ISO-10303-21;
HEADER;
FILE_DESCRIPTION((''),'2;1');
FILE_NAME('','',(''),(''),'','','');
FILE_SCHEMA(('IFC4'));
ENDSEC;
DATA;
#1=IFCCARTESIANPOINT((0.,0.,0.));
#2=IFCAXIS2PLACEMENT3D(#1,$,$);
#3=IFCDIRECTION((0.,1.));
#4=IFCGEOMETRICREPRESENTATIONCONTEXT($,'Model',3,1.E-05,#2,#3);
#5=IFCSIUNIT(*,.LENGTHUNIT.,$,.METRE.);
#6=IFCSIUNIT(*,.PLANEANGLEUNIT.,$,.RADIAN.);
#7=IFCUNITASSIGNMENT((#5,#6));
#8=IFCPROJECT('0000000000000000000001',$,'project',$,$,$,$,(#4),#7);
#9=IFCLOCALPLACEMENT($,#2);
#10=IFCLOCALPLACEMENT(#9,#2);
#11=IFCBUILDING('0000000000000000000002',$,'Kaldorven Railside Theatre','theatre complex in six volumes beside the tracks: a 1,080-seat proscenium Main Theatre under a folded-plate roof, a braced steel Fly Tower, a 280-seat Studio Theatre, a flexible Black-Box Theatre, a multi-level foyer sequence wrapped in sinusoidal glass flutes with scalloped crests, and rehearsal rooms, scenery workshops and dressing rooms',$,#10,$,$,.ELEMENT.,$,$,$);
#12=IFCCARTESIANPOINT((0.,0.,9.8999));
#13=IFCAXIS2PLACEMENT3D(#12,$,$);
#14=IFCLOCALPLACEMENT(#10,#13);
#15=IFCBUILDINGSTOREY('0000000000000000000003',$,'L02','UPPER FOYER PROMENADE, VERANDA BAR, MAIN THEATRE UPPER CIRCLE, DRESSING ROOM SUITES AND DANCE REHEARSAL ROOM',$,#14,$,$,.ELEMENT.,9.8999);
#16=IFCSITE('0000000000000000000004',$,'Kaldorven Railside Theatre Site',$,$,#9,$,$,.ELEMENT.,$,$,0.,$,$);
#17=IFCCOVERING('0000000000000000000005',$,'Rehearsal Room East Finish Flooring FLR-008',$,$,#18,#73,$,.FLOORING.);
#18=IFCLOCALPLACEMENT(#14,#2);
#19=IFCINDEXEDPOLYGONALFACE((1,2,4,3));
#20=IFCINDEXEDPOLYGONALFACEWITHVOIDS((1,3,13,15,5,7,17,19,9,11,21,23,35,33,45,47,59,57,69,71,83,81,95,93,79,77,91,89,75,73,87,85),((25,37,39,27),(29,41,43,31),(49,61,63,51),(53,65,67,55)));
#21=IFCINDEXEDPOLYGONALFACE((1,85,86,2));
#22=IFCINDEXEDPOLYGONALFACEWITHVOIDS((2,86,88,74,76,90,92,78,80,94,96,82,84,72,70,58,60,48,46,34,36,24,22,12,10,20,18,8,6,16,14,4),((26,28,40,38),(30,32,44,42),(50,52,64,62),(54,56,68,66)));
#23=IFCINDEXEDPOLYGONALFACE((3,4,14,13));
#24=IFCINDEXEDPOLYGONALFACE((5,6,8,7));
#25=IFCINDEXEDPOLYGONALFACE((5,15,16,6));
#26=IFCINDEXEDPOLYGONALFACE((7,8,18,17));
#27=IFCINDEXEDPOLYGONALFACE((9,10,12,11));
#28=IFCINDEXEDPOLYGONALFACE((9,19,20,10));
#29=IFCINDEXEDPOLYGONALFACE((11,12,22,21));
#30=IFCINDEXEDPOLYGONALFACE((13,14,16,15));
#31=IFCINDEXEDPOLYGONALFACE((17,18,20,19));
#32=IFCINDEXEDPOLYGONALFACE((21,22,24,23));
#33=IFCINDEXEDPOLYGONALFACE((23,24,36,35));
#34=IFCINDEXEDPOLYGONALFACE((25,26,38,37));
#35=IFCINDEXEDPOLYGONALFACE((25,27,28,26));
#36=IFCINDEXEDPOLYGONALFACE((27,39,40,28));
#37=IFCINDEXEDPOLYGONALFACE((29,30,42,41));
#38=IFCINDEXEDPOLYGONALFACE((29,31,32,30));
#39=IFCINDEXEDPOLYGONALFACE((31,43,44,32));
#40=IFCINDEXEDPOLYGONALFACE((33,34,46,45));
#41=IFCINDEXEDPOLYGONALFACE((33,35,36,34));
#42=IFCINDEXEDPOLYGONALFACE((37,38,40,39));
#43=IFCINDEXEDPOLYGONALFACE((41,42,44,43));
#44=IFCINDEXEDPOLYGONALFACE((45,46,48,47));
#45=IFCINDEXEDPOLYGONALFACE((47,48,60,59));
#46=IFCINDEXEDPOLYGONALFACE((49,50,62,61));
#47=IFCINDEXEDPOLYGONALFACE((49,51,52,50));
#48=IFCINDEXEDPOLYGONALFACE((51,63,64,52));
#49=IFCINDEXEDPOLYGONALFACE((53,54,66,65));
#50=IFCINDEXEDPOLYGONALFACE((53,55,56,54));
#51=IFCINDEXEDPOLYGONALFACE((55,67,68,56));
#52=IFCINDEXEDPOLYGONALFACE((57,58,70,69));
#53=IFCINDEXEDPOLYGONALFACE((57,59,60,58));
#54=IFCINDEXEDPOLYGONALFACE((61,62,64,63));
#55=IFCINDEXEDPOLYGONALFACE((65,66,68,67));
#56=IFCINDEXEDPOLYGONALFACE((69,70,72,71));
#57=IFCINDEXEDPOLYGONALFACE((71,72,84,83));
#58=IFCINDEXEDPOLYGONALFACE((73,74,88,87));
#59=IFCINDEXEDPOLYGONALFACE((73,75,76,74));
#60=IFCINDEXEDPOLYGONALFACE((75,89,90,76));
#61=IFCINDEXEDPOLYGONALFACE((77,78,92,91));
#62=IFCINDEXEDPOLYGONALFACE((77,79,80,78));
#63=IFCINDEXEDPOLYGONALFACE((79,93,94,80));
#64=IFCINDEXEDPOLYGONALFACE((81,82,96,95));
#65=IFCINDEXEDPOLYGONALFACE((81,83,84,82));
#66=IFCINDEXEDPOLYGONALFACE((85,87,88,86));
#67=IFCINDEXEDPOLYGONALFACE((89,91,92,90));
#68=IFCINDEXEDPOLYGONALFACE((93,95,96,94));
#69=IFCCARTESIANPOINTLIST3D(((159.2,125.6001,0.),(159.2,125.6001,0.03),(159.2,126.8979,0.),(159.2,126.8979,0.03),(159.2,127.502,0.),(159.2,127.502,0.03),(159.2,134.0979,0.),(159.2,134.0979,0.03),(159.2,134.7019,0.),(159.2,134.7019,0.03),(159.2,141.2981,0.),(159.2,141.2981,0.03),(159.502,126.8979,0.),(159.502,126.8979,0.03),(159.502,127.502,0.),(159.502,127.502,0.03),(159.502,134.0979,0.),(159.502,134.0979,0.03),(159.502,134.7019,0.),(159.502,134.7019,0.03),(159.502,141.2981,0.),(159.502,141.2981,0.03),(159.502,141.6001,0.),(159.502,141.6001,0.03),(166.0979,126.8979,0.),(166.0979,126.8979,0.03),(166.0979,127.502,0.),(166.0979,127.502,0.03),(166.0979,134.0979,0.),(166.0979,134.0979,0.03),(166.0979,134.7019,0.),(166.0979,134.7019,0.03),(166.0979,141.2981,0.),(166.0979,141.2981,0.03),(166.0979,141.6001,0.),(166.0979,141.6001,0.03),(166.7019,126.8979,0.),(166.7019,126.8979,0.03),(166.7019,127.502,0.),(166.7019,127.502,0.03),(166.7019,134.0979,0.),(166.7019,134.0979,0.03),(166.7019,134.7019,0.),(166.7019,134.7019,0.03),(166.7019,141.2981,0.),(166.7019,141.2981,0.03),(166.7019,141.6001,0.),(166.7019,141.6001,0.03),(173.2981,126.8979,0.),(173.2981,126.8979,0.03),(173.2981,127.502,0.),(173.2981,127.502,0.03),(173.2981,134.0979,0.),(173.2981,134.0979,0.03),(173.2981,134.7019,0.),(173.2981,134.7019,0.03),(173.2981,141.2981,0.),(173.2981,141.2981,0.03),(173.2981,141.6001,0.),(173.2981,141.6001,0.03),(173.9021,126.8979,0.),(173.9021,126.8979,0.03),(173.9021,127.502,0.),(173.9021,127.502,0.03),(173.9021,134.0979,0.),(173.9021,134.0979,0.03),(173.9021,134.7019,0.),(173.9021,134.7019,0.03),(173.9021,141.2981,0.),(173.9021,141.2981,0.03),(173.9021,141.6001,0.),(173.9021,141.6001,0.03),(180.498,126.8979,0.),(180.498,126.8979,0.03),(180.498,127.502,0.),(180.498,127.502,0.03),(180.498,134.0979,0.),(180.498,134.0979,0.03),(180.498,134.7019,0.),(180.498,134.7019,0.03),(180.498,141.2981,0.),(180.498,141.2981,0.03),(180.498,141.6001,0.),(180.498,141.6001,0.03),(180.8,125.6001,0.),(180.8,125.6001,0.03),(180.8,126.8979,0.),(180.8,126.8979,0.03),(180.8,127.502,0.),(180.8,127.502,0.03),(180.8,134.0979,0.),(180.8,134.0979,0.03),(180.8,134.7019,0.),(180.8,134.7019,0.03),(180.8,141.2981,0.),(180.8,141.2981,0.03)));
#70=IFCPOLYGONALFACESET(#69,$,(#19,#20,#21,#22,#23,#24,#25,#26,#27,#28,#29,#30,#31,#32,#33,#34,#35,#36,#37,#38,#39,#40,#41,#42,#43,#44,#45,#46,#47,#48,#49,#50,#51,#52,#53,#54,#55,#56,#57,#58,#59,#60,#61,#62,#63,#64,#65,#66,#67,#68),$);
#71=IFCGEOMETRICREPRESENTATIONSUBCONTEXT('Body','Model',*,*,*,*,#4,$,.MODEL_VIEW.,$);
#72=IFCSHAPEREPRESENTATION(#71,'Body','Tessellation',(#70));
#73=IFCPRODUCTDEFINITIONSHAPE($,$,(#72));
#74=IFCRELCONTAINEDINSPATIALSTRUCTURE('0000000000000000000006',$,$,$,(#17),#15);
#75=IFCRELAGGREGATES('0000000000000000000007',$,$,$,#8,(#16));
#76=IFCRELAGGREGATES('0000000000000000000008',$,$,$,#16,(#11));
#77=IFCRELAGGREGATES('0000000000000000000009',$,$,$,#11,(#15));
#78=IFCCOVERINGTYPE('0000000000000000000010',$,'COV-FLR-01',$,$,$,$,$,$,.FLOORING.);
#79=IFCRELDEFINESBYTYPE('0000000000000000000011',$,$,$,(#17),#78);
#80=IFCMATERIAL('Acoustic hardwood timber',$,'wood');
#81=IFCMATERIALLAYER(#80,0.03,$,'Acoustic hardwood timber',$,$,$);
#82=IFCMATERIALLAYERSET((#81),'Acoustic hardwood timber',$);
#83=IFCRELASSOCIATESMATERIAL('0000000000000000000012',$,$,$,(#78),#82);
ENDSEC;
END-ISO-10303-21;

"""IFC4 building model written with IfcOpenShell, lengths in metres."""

from ifc_helpers import new_model, si_unit, direction, frame, origin, place, context, subcontext, project, spatial, polyline, outline, extrude, material, layer, layer_set, type_object, element, save


model = new_model("IFC4")

# Units and contexts
model_context = context("Model", 3, precision=1e-05, world=origin(), true_north=direction((0.0, 1.0)))
body_context = subcontext(model_context, "Body", "Model", "MODEL_VIEW")
ifc_project = project(units=[si_unit("LENGTHUNIT", "METRE"), si_unit("PLANEANGLEUNIT", "RADIAN")], contexts=[model_context])

# Site, building, storey
site_placement = place(None, origin())
site = spatial("IfcSite", under=ifc_project, at=site_placement, Name="Kaldorven Railside Theatre Site", CompositionType="ELEMENT", RefElevation=0.0)
building_placement = place(site_placement, origin())
building = spatial("IfcBuilding", under=site, at=building_placement, Name="Kaldorven Railside Theatre", Description="theatre complex in six volumes beside the tracks: a 1,080-seat proscenium Main Theatre under a folded-plate roof, a braced steel Fly Tower, a 280-seat Studio Theatre, a flexible Black-Box Theatre, a multi-level foyer sequence wrapped in sinusoidal glass flutes with scalloped crests, and rehearsal rooms, scenery workshops and dressing rooms", CompositionType="ELEMENT")
storey_placement = place(building_placement, frame((0.0, 0.0, 9.8999)))
storey = spatial("IfcBuildingStorey", under=building, at=storey_placement, Name="L02", Description="UPPER FOYER PROMENADE, VERANDA BAR, MAIN THEATRE UPPER CIRCLE, DRESSING ROOM SUITES AND DANCE REHEARSAL ROOM", CompositionType="ELEMENT", Elevation=9.8999)

# Covering
ifc_material_1 = material(Name="Acoustic hardwood timber", Category="wood")
ifc_layer_1 = layer(ifc_material_1, 0.03, Name="Acoustic hardwood timber")
ifc_layer_set_1 = layer_set([ifc_layer_1], Name="Acoustic hardwood timber")
covering_type_1 = type_object("IfcCoveringType", Name="COV-FLR-01", PredefinedType="FLOORING", material=ifc_layer_set_1)
covering_1_placement = place(storey_placement, origin())
element("IfcCovering", 1, at=covering_1_placement, inside=storey, type_object=covering_type_1, Name="Rehearsal Room East Finish Flooring FLR-008", PredefinedType="FLOORING", context=body_context, shape_type="SweptSolid", body=[
    extrude(outline(polyline([(180.8, 125.6001), (159.2, 125.6001), (159.2, 126.8979), (159.502, 126.8979), (159.502, 127.502), (159.2, 127.502), (159.2, 134.0979), (159.502, 134.0979), (159.502, 134.7019), (159.2, 134.7019), (159.2, 141.2981), (159.502, 141.2981), (159.502, 141.6001), (166.0979, 141.6001), (166.0979, 141.2981), (166.7019, 141.2981), (166.7019, 141.6001), (173.2981, 141.6001), (173.2981, 141.2981), (173.9021, 141.2981), (173.9021, 141.6001), (180.498, 141.6001), (180.498, 141.2981), (180.8, 141.2981), (180.8, 134.7019), (180.498, 134.7019), (180.498, 134.0979), (180.8, 134.0979), (180.8, 127.502), (180.498, 127.502), (180.498, 126.8979), (180.8, 126.8979), (180.8, 125.6001)]), holes=[polyline([(173.9021, 127.502), (173.2981, 127.502), (173.2981, 126.8979), (173.9021, 126.8979), (173.9021, 127.502)]), polyline([(166.7019, 127.502), (166.0979, 127.502), (166.0979, 126.8979), (166.7019, 126.8979), (166.7019, 127.502)]), polyline([(166.7019, 134.7019), (166.0979, 134.7019), (166.0979, 134.0979), (166.7019, 134.0979), (166.7019, 134.7019)]), polyline([(173.2981, 134.7019), (173.2981, 134.0979), (173.9021, 134.0979), (173.9021, 134.7019), (173.2981, 134.7019)])]), origin(), (0.0, 0.0, 1.0), 0.03),
])

save(model, "model.ifc")
